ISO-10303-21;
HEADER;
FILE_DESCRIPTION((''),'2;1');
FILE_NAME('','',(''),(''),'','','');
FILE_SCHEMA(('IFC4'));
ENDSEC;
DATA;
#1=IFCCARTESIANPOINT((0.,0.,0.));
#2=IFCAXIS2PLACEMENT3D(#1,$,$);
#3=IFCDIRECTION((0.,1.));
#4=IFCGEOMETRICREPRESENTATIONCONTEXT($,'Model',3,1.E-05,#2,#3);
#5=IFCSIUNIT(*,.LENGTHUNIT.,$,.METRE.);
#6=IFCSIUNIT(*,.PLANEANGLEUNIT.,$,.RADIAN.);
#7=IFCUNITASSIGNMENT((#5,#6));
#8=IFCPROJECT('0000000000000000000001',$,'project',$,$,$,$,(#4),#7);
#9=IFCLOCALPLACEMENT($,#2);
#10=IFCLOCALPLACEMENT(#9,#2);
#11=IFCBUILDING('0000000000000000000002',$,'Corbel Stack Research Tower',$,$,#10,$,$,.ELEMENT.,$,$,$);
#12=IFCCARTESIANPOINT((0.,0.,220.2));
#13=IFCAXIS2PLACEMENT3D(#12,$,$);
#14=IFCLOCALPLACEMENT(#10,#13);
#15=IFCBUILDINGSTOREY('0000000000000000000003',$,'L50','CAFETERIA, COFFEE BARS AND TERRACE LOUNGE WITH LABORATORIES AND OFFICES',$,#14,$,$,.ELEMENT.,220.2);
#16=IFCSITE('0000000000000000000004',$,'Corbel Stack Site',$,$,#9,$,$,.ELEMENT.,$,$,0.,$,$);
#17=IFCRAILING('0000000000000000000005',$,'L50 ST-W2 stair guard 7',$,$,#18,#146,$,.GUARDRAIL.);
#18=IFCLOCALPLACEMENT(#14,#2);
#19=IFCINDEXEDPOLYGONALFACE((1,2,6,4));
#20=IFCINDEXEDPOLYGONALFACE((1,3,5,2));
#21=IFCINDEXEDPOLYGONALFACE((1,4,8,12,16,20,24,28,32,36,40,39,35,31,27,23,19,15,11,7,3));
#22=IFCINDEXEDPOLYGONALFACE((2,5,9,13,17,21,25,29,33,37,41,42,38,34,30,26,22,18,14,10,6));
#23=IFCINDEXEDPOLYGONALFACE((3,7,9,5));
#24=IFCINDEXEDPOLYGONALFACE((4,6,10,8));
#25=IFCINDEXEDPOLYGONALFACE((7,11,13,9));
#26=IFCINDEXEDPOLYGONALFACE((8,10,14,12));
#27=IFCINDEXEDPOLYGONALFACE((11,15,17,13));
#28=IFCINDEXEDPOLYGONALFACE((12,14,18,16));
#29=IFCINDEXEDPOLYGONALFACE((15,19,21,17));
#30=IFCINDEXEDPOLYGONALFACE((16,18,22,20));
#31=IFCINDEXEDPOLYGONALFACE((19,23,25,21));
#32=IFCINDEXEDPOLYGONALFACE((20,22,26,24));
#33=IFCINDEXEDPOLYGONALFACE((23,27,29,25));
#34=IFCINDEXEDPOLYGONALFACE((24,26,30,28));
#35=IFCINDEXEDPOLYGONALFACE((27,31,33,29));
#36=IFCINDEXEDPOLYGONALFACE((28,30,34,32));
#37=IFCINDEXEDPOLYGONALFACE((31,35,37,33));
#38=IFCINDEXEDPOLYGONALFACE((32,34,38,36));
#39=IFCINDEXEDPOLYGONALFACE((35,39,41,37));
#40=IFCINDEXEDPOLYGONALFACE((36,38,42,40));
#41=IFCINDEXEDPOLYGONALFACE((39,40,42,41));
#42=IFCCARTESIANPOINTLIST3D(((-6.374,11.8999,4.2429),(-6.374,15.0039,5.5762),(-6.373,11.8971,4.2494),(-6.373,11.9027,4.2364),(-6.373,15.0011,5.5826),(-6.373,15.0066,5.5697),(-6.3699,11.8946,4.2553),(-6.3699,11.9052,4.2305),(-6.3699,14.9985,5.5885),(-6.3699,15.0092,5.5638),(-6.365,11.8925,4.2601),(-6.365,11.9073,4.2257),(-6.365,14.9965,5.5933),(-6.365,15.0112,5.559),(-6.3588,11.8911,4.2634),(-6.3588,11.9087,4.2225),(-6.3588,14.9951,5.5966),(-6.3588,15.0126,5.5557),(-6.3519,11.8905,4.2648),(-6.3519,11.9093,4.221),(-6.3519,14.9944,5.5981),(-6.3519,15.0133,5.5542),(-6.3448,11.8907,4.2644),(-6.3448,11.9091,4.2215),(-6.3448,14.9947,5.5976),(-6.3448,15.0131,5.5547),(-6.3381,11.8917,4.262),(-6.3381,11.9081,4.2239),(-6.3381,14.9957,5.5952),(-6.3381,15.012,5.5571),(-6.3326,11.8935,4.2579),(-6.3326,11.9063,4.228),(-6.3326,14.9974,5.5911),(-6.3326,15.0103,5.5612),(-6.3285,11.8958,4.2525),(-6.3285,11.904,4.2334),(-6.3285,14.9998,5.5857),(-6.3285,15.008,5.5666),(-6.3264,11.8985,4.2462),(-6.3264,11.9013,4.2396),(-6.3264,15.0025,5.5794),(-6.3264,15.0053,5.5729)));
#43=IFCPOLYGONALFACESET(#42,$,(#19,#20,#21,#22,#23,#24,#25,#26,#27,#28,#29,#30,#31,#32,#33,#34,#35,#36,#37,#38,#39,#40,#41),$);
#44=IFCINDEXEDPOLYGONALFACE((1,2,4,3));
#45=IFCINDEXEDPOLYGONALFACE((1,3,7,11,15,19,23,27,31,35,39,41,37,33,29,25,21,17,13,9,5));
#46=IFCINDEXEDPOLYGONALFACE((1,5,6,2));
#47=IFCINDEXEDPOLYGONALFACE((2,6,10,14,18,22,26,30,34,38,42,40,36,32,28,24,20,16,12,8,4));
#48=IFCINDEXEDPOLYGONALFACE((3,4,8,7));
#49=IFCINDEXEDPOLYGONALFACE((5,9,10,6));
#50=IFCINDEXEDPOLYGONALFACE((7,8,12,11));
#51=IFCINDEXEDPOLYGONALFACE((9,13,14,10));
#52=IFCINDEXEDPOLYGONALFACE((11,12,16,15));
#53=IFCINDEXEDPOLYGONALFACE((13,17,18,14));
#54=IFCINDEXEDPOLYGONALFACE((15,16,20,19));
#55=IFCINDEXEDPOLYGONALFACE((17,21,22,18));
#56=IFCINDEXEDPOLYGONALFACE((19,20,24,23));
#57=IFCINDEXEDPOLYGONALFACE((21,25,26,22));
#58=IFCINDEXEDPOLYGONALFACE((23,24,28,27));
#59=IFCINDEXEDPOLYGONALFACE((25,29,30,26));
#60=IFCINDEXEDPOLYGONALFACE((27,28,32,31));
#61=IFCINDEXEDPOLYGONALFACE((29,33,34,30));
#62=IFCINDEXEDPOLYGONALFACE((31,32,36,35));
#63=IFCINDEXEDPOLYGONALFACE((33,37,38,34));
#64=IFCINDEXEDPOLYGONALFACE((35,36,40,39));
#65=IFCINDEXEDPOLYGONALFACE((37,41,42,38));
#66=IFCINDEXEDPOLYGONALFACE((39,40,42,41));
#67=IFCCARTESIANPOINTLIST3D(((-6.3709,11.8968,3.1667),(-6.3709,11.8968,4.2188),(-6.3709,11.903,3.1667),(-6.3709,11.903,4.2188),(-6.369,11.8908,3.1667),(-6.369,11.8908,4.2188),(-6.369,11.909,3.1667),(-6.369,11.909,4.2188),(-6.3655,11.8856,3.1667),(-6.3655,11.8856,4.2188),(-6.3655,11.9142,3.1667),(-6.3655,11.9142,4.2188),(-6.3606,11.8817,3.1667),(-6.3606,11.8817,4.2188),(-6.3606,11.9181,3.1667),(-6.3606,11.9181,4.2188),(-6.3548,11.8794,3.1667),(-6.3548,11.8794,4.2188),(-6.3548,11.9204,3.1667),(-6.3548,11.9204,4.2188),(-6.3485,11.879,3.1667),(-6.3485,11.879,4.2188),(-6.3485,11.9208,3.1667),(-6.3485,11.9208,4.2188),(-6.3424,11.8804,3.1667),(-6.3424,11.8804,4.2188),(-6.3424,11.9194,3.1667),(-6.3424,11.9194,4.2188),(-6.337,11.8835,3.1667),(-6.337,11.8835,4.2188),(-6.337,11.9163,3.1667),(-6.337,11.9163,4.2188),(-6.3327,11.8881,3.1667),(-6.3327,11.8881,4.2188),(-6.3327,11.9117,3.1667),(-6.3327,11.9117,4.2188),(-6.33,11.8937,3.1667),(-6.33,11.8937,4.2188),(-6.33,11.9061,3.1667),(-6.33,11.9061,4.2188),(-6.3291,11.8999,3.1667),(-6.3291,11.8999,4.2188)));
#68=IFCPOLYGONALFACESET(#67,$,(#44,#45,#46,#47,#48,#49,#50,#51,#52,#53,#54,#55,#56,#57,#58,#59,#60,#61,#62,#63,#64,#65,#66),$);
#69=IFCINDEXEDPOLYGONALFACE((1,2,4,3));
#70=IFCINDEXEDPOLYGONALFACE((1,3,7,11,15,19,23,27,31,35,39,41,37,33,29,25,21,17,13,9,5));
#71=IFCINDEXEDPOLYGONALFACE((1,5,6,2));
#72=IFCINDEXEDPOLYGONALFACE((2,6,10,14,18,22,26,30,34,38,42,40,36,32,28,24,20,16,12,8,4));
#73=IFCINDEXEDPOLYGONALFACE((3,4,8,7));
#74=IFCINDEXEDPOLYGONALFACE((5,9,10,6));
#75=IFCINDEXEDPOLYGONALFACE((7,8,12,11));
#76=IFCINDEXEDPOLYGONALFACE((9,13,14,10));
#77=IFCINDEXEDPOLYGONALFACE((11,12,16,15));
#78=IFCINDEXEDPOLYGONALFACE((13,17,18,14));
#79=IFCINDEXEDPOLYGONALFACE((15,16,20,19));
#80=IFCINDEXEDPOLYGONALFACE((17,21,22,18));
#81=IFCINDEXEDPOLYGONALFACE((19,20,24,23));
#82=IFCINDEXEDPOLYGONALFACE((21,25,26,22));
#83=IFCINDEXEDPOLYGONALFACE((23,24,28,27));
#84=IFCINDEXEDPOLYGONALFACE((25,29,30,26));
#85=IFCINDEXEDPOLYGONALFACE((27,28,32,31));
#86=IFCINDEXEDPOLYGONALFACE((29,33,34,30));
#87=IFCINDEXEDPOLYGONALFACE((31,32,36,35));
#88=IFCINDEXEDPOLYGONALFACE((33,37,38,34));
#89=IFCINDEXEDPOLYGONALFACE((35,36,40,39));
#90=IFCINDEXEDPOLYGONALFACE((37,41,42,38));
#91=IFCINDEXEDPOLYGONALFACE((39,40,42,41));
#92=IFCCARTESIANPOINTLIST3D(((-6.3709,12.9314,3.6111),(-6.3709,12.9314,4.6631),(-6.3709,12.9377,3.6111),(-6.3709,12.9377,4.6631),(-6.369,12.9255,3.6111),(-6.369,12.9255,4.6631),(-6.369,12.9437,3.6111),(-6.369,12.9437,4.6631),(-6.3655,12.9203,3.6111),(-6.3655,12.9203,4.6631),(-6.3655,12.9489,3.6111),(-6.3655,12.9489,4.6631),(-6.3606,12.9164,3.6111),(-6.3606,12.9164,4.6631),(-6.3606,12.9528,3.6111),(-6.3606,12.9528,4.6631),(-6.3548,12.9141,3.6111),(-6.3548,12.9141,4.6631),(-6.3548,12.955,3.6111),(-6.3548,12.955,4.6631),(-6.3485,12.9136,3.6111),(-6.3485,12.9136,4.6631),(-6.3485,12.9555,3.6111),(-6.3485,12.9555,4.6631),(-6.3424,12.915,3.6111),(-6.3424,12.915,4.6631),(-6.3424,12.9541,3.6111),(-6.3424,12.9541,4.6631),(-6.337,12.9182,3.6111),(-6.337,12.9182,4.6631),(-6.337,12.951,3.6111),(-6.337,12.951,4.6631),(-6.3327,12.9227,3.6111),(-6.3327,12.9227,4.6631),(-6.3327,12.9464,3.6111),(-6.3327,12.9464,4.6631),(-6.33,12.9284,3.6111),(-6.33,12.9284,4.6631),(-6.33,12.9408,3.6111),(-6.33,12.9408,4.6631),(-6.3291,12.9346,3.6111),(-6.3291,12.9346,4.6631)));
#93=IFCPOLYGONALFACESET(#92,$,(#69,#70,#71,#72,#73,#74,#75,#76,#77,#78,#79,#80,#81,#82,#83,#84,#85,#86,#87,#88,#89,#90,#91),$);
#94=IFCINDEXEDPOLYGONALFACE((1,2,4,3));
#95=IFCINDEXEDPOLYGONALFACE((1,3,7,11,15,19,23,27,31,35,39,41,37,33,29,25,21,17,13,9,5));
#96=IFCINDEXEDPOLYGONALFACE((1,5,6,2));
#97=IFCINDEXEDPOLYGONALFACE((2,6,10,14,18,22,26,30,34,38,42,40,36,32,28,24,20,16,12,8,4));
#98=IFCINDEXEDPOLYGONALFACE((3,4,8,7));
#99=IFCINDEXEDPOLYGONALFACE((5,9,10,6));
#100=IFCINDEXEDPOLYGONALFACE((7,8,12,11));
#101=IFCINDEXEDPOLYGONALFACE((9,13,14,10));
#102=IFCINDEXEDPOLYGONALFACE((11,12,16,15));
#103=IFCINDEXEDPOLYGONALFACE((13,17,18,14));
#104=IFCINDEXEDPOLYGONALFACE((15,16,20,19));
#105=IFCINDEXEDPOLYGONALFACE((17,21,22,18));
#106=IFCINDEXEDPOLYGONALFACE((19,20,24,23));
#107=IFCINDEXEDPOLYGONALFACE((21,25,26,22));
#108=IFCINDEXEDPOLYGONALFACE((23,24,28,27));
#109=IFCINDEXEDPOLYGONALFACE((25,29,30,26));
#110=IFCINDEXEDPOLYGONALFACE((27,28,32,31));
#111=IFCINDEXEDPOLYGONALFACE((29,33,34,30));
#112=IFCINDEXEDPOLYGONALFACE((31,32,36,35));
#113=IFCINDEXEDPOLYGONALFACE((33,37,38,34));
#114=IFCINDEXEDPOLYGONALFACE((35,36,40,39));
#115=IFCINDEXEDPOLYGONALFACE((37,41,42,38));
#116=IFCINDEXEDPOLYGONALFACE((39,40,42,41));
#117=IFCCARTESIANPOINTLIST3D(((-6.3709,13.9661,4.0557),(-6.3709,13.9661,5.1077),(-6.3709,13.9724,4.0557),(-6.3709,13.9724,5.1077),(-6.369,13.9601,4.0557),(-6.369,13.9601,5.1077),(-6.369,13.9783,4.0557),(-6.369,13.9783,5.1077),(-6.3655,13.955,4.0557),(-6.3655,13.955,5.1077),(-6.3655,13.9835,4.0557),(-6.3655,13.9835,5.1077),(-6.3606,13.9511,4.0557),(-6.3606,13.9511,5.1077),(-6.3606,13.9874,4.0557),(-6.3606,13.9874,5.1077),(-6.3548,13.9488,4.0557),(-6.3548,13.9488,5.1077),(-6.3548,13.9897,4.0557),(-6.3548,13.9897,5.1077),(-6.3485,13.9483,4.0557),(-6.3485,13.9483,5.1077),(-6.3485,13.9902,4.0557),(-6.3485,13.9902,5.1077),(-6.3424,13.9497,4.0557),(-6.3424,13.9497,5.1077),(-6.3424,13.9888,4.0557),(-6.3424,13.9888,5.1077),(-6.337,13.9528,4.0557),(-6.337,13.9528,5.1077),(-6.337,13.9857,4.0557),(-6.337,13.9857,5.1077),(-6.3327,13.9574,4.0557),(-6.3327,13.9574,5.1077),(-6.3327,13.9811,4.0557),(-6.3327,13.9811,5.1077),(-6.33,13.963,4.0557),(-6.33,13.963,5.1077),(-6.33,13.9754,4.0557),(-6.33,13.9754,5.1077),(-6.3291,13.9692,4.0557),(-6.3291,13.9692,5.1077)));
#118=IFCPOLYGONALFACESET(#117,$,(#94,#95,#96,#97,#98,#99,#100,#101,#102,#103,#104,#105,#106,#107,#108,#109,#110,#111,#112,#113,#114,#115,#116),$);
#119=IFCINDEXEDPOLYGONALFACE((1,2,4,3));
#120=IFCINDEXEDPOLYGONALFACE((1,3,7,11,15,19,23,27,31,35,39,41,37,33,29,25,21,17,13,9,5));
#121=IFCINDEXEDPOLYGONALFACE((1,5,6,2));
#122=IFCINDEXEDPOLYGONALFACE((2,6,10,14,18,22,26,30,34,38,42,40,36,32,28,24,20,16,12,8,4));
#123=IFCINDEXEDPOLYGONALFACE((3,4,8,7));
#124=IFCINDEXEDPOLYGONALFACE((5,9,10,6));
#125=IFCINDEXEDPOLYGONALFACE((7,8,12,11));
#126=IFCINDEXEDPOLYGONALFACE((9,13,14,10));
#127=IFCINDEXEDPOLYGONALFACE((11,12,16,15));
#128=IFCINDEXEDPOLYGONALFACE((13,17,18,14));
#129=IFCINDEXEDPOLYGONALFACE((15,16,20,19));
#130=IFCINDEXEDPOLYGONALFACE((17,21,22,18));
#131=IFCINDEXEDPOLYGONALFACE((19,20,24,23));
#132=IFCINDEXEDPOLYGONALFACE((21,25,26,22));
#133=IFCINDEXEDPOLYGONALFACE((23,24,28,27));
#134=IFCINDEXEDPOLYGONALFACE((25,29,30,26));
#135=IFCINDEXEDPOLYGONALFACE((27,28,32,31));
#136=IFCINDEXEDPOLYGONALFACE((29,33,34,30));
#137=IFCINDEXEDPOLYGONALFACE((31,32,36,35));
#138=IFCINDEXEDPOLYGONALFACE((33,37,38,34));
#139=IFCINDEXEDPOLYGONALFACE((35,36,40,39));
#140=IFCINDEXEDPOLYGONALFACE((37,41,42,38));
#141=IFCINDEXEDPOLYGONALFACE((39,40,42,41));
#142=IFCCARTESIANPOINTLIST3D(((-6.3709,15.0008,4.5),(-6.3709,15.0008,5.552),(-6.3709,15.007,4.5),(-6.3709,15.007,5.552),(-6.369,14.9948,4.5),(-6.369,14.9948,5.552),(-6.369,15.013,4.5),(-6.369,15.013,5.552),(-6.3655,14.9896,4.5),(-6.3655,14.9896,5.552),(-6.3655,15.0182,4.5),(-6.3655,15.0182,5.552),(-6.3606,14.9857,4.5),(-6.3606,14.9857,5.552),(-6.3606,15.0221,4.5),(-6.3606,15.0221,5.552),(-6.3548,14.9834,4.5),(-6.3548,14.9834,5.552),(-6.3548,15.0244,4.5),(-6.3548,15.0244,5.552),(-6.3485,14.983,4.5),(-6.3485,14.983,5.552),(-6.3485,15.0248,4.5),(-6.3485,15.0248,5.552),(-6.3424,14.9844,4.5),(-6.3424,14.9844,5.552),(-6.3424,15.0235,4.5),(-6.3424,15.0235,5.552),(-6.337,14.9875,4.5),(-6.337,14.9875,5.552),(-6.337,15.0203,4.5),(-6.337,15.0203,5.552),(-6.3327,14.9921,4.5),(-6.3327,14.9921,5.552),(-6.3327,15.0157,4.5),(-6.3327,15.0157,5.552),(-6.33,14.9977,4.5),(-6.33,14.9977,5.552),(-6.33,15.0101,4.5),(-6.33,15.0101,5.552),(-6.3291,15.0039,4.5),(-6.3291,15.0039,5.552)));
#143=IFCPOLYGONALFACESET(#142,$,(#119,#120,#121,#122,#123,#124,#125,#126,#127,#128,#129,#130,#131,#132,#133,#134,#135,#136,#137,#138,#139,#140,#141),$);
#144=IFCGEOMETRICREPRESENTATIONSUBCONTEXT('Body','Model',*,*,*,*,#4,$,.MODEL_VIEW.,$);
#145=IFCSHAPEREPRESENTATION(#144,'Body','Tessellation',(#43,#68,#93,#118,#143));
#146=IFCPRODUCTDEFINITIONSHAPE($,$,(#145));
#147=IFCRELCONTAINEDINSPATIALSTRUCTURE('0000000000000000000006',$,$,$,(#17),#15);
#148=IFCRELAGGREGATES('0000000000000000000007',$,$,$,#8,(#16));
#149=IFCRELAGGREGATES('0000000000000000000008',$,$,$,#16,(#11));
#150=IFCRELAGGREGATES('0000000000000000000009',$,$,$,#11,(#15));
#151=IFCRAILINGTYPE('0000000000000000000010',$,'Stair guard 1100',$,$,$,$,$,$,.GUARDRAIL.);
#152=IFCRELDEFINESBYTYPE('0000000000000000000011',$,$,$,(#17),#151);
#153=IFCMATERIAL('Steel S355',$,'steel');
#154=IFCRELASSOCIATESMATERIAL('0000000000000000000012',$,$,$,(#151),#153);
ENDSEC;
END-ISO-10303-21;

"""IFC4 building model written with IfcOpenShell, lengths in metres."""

from ifc_helpers import new_model, si_unit, direction, frame, origin, origin_2d, place, context, subcontext, project, spatial, circle, extrude, material, type_object, element, save


model = new_model("IFC4")

# Units and contexts
model_context = context("Model", 3, precision=1e-05, world=origin(), true_north=direction((0.0, 1.0)))
body_context = subcontext(model_context, "Body", "Model", "MODEL_VIEW")
ifc_project = project(units=[si_unit("LENGTHUNIT", "METRE"), si_unit("PLANEANGLEUNIT", "RADIAN")], contexts=[model_context])

# Site, building, storey
site_placement = place(None, origin())
site = spatial("IfcSite", under=ifc_project, at=site_placement, Name="Corbel Stack Site", CompositionType="ELEMENT", RefElevation=0.0)
building_placement = place(site_placement, origin())
building = spatial("IfcBuilding", under=site, at=building_placement, Name="Corbel Stack Research Tower", CompositionType="ELEMENT")
storey_placement = place(building_placement, frame((0.0, 0.0, 220.2)))
storey = spatial("IfcBuildingStorey", under=building, at=storey_placement, Name="L50", Description="CAFETERIA, COFFEE BARS AND TERRACE LOUNGE WITH LABORATORIES AND OFFICES", CompositionType="ELEMENT", Elevation=220.2)

# Railing
ifc_material_1 = material(Name="Steel S355", Category="steel")
railing_type_1 = type_object("IfcRailingType", Name="Stair guard 1100", PredefinedType="GUARDRAIL", material=ifc_material_1)
for number, where, name in (
    (1, (-6.3501, 11.8999, 3.1667), "L50 ST-W2 stair guard 7"),
):
    element("IfcRailing", number, at=place(storey_placement, frame(where)), inside=storey, type_object=railing_type_1, Name=name, PredefinedType="GUARDRAIL", context=body_context, shape_type="SweptSolid", body=[
        extrude(circle(Radius=0.0239, at=origin_2d()), frame((0.0, 0.0, 1.0762), z_axis=(0.0, 0.918827, 0.394661), x_axis=(-1.0, 0.0, 0.0)), (0.0, 0.0, 1.0), 3.3782),
        extrude(circle(Radius=0.021, at=origin_2d()), origin(), (0.0, 0.0, 1.0), 1.052),
        extrude(circle(Radius=0.021, at=origin_2d()), frame((0.0, 1.0347, 0.4443)), (0.0, 0.0, 1.0), 1.052),
        extrude(circle(Radius=0.021, at=origin_2d()), frame((0.0, 2.0693, 0.8889)), (0.0, 0.0, 1.0), 1.052),
        extrude(circle(Radius=0.021, at=origin_2d()), frame((0.0, 3.104, 1.3333)), (0.0, 0.0, 1.0), 1.052),
    ])

save(model, "model.ifc")
